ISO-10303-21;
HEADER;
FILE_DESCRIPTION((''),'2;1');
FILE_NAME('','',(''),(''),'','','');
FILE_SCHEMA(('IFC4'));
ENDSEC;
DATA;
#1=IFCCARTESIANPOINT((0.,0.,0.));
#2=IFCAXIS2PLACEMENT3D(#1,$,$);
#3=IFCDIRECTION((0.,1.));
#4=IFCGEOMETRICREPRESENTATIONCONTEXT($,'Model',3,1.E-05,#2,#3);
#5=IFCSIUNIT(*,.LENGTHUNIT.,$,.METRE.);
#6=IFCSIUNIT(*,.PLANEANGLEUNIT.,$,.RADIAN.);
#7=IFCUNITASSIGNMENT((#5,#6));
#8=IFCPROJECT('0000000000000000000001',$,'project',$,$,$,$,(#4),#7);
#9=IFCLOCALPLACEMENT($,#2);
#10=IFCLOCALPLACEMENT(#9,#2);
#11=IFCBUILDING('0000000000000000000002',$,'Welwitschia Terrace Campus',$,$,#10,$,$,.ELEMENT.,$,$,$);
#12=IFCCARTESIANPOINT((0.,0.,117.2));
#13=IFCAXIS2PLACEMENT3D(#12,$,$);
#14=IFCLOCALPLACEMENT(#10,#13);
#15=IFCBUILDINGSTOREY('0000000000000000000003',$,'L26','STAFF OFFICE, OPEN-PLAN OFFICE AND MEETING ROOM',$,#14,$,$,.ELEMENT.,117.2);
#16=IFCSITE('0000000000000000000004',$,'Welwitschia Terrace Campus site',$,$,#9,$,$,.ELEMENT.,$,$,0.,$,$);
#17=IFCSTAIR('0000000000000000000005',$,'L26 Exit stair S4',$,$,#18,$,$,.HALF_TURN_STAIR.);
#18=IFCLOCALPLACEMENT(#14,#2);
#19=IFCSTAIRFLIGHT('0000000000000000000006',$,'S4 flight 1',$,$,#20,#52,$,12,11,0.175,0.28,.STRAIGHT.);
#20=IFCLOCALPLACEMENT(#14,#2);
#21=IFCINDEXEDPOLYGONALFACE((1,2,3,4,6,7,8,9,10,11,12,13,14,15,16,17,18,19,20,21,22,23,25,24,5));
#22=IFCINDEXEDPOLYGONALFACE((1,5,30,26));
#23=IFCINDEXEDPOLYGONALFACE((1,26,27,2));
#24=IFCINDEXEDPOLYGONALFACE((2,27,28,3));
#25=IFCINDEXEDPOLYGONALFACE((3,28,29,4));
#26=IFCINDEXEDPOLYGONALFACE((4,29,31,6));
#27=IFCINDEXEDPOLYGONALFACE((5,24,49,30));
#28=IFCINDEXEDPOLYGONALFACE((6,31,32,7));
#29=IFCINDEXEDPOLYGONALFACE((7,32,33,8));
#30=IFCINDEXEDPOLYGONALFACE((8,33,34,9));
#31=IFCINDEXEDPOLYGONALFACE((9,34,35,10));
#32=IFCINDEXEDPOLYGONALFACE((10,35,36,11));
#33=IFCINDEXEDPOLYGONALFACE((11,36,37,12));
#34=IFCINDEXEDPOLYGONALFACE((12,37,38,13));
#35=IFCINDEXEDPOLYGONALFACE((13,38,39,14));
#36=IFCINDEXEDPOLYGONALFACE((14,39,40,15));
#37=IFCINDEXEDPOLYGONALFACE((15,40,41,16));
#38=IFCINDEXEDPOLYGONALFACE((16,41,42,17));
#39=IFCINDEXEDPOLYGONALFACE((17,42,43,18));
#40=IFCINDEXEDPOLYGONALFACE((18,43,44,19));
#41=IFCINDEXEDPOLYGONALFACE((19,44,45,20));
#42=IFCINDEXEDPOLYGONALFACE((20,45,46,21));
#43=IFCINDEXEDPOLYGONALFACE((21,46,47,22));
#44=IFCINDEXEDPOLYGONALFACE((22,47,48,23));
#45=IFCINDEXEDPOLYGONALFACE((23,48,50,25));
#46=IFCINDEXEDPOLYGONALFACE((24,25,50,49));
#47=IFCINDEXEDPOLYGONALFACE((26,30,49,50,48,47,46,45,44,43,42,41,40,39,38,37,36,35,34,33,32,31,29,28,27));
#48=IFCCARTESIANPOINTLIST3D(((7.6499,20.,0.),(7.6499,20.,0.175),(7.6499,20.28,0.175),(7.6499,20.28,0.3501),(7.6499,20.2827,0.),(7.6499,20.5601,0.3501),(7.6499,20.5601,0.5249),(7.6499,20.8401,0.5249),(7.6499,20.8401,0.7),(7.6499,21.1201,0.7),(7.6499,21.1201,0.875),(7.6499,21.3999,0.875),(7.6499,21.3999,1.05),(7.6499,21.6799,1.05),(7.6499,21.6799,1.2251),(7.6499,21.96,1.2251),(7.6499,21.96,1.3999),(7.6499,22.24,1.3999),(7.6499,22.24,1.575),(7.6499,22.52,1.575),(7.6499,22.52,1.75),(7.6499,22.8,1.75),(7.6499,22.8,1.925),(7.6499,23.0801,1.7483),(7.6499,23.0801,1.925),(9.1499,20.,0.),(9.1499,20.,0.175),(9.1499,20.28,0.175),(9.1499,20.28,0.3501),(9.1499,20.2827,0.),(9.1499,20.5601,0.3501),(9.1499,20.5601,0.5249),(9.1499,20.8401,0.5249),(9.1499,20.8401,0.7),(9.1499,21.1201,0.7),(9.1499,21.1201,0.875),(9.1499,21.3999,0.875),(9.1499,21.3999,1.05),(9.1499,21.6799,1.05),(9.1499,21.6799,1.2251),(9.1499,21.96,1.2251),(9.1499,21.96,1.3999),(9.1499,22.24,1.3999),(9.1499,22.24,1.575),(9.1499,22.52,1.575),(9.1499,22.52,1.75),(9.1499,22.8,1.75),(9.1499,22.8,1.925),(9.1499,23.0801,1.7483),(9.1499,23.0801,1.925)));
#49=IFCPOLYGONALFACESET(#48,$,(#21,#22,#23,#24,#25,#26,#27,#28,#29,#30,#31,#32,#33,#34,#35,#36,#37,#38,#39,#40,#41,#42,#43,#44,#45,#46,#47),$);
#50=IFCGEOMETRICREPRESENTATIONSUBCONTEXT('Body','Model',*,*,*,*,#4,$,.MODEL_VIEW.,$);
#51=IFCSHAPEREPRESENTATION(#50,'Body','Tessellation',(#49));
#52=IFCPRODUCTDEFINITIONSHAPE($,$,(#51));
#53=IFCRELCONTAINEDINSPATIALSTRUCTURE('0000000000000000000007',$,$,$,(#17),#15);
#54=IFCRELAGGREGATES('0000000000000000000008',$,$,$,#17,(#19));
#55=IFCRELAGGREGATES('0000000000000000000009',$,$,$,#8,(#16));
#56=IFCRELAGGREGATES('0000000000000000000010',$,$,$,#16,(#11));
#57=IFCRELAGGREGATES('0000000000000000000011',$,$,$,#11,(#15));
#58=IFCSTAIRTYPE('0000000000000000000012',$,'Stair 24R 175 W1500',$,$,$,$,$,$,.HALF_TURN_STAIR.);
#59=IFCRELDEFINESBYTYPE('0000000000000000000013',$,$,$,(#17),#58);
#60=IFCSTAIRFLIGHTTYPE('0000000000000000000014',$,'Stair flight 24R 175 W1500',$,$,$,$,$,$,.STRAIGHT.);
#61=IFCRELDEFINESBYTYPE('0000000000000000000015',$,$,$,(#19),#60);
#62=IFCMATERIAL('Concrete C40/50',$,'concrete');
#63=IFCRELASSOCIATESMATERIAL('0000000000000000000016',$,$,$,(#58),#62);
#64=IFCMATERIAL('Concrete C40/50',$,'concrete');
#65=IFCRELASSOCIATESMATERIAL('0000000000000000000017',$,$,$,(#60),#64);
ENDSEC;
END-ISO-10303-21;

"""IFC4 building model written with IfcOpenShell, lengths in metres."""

from ifc_helpers import new_model, si_unit, direction, frame, origin, place, context, subcontext, project, spatial, polyline, outline, extrude, material, type_object, element, aggregate, save


model = new_model("IFC4")

# Units and contexts
model_context = context("Model", 3, precision=1e-05, world=origin(), true_north=direction((0.0, 1.0)))
body_context = subcontext(model_context, "Body", "Model", "MODEL_VIEW")
ifc_project = project(units=[si_unit("LENGTHUNIT", "METRE"), si_unit("PLANEANGLEUNIT", "RADIAN")], contexts=[model_context])

# Site, building, storey
site_placement = place(None, origin())
site = spatial("IfcSite", under=ifc_project, at=site_placement, Name="Welwitschia Terrace Campus site", CompositionType="ELEMENT", RefElevation=0.0)
building_placement = place(site_placement, origin())
building = spatial("IfcBuilding", under=site, at=building_placement, Name="Welwitschia Terrace Campus", CompositionType="ELEMENT")
storey_placement = place(building_placement, frame((0.0, 0.0, 117.2)))
storey = spatial("IfcBuildingStorey", under=building, at=storey_placement, Name="L26", Description="STAFF OFFICE, OPEN-PLAN OFFICE AND MEETING ROOM", CompositionType="ELEMENT", Elevation=117.2)

# Stair, stair flight
ifc_material_1 = material(Name="Concrete C40/50", Category="concrete")
stair_type = type_object("IfcStairType", Name="Stair 24R 175 W1500", PredefinedType="HALF_TURN_STAIR", material=ifc_material_1)
stair_placement = place(storey_placement, origin())
stair = element("IfcStair", 1, at=stair_placement, inside=storey, type_object=stair_type, Name="L26 Exit stair S4", PredefinedType="HALF_TURN_STAIR")
ifc_material_2 = material(Name="Concrete C40/50", Category="concrete")
stair_flight_type = type_object("IfcStairFlightType", Name="Stair flight 24R 175 W1500", PredefinedType="STRAIGHT", material=ifc_material_2)
stair_flight_placement = place(storey_placement, frame((8.3999, 20.0, 0.0), z_axis=(0.0, 0.0, 1.0), x_axis=(0.0, 1.0, 0.0)))
stair_flight = element("IfcStairFlight", 2, at=stair_flight_placement, type_object=stair_flight_type, Name="S4 flight 1", NumberOfRisers=12, NumberOfTreads=11, PredefinedType="STRAIGHT", RiserHeight=0.175, TreadLength=0.28, context=body_context, shape_type="SweptSolid", body=[
    extrude(outline(polyline([(0.0, 0.0), (0.0, 0.175), (0.28, 0.175), (0.28, 0.3501), (0.5601, 0.3501), (0.5601, 0.5249), (0.8401, 0.5249), (0.8401, 0.7), (1.1201, 0.7), (1.1201, 0.875), (1.3999, 0.875), (1.3999, 1.05), (1.6799, 1.05), (1.6799, 1.2251), (1.96, 1.2251), (1.96, 1.3999), (2.24, 1.3999), (2.24, 1.575), (2.52, 1.575), (2.52, 1.75), (2.8, 1.75), (2.8, 1.925), (3.0801, 1.925), (3.0801, 2.1001), (3.0801, 1.7483), (0.2827, 0.0), (0.0, 0.0)])), frame((0.0, 0.75, 0.0), z_axis=(0.0, -1.0, 0.0), x_axis=(1.0, 0.0, 0.0)), (0.0, 0.0, 1.0), 1.5),
])
aggregate(stair, [stair_flight])

save(model, "model.ifc")
